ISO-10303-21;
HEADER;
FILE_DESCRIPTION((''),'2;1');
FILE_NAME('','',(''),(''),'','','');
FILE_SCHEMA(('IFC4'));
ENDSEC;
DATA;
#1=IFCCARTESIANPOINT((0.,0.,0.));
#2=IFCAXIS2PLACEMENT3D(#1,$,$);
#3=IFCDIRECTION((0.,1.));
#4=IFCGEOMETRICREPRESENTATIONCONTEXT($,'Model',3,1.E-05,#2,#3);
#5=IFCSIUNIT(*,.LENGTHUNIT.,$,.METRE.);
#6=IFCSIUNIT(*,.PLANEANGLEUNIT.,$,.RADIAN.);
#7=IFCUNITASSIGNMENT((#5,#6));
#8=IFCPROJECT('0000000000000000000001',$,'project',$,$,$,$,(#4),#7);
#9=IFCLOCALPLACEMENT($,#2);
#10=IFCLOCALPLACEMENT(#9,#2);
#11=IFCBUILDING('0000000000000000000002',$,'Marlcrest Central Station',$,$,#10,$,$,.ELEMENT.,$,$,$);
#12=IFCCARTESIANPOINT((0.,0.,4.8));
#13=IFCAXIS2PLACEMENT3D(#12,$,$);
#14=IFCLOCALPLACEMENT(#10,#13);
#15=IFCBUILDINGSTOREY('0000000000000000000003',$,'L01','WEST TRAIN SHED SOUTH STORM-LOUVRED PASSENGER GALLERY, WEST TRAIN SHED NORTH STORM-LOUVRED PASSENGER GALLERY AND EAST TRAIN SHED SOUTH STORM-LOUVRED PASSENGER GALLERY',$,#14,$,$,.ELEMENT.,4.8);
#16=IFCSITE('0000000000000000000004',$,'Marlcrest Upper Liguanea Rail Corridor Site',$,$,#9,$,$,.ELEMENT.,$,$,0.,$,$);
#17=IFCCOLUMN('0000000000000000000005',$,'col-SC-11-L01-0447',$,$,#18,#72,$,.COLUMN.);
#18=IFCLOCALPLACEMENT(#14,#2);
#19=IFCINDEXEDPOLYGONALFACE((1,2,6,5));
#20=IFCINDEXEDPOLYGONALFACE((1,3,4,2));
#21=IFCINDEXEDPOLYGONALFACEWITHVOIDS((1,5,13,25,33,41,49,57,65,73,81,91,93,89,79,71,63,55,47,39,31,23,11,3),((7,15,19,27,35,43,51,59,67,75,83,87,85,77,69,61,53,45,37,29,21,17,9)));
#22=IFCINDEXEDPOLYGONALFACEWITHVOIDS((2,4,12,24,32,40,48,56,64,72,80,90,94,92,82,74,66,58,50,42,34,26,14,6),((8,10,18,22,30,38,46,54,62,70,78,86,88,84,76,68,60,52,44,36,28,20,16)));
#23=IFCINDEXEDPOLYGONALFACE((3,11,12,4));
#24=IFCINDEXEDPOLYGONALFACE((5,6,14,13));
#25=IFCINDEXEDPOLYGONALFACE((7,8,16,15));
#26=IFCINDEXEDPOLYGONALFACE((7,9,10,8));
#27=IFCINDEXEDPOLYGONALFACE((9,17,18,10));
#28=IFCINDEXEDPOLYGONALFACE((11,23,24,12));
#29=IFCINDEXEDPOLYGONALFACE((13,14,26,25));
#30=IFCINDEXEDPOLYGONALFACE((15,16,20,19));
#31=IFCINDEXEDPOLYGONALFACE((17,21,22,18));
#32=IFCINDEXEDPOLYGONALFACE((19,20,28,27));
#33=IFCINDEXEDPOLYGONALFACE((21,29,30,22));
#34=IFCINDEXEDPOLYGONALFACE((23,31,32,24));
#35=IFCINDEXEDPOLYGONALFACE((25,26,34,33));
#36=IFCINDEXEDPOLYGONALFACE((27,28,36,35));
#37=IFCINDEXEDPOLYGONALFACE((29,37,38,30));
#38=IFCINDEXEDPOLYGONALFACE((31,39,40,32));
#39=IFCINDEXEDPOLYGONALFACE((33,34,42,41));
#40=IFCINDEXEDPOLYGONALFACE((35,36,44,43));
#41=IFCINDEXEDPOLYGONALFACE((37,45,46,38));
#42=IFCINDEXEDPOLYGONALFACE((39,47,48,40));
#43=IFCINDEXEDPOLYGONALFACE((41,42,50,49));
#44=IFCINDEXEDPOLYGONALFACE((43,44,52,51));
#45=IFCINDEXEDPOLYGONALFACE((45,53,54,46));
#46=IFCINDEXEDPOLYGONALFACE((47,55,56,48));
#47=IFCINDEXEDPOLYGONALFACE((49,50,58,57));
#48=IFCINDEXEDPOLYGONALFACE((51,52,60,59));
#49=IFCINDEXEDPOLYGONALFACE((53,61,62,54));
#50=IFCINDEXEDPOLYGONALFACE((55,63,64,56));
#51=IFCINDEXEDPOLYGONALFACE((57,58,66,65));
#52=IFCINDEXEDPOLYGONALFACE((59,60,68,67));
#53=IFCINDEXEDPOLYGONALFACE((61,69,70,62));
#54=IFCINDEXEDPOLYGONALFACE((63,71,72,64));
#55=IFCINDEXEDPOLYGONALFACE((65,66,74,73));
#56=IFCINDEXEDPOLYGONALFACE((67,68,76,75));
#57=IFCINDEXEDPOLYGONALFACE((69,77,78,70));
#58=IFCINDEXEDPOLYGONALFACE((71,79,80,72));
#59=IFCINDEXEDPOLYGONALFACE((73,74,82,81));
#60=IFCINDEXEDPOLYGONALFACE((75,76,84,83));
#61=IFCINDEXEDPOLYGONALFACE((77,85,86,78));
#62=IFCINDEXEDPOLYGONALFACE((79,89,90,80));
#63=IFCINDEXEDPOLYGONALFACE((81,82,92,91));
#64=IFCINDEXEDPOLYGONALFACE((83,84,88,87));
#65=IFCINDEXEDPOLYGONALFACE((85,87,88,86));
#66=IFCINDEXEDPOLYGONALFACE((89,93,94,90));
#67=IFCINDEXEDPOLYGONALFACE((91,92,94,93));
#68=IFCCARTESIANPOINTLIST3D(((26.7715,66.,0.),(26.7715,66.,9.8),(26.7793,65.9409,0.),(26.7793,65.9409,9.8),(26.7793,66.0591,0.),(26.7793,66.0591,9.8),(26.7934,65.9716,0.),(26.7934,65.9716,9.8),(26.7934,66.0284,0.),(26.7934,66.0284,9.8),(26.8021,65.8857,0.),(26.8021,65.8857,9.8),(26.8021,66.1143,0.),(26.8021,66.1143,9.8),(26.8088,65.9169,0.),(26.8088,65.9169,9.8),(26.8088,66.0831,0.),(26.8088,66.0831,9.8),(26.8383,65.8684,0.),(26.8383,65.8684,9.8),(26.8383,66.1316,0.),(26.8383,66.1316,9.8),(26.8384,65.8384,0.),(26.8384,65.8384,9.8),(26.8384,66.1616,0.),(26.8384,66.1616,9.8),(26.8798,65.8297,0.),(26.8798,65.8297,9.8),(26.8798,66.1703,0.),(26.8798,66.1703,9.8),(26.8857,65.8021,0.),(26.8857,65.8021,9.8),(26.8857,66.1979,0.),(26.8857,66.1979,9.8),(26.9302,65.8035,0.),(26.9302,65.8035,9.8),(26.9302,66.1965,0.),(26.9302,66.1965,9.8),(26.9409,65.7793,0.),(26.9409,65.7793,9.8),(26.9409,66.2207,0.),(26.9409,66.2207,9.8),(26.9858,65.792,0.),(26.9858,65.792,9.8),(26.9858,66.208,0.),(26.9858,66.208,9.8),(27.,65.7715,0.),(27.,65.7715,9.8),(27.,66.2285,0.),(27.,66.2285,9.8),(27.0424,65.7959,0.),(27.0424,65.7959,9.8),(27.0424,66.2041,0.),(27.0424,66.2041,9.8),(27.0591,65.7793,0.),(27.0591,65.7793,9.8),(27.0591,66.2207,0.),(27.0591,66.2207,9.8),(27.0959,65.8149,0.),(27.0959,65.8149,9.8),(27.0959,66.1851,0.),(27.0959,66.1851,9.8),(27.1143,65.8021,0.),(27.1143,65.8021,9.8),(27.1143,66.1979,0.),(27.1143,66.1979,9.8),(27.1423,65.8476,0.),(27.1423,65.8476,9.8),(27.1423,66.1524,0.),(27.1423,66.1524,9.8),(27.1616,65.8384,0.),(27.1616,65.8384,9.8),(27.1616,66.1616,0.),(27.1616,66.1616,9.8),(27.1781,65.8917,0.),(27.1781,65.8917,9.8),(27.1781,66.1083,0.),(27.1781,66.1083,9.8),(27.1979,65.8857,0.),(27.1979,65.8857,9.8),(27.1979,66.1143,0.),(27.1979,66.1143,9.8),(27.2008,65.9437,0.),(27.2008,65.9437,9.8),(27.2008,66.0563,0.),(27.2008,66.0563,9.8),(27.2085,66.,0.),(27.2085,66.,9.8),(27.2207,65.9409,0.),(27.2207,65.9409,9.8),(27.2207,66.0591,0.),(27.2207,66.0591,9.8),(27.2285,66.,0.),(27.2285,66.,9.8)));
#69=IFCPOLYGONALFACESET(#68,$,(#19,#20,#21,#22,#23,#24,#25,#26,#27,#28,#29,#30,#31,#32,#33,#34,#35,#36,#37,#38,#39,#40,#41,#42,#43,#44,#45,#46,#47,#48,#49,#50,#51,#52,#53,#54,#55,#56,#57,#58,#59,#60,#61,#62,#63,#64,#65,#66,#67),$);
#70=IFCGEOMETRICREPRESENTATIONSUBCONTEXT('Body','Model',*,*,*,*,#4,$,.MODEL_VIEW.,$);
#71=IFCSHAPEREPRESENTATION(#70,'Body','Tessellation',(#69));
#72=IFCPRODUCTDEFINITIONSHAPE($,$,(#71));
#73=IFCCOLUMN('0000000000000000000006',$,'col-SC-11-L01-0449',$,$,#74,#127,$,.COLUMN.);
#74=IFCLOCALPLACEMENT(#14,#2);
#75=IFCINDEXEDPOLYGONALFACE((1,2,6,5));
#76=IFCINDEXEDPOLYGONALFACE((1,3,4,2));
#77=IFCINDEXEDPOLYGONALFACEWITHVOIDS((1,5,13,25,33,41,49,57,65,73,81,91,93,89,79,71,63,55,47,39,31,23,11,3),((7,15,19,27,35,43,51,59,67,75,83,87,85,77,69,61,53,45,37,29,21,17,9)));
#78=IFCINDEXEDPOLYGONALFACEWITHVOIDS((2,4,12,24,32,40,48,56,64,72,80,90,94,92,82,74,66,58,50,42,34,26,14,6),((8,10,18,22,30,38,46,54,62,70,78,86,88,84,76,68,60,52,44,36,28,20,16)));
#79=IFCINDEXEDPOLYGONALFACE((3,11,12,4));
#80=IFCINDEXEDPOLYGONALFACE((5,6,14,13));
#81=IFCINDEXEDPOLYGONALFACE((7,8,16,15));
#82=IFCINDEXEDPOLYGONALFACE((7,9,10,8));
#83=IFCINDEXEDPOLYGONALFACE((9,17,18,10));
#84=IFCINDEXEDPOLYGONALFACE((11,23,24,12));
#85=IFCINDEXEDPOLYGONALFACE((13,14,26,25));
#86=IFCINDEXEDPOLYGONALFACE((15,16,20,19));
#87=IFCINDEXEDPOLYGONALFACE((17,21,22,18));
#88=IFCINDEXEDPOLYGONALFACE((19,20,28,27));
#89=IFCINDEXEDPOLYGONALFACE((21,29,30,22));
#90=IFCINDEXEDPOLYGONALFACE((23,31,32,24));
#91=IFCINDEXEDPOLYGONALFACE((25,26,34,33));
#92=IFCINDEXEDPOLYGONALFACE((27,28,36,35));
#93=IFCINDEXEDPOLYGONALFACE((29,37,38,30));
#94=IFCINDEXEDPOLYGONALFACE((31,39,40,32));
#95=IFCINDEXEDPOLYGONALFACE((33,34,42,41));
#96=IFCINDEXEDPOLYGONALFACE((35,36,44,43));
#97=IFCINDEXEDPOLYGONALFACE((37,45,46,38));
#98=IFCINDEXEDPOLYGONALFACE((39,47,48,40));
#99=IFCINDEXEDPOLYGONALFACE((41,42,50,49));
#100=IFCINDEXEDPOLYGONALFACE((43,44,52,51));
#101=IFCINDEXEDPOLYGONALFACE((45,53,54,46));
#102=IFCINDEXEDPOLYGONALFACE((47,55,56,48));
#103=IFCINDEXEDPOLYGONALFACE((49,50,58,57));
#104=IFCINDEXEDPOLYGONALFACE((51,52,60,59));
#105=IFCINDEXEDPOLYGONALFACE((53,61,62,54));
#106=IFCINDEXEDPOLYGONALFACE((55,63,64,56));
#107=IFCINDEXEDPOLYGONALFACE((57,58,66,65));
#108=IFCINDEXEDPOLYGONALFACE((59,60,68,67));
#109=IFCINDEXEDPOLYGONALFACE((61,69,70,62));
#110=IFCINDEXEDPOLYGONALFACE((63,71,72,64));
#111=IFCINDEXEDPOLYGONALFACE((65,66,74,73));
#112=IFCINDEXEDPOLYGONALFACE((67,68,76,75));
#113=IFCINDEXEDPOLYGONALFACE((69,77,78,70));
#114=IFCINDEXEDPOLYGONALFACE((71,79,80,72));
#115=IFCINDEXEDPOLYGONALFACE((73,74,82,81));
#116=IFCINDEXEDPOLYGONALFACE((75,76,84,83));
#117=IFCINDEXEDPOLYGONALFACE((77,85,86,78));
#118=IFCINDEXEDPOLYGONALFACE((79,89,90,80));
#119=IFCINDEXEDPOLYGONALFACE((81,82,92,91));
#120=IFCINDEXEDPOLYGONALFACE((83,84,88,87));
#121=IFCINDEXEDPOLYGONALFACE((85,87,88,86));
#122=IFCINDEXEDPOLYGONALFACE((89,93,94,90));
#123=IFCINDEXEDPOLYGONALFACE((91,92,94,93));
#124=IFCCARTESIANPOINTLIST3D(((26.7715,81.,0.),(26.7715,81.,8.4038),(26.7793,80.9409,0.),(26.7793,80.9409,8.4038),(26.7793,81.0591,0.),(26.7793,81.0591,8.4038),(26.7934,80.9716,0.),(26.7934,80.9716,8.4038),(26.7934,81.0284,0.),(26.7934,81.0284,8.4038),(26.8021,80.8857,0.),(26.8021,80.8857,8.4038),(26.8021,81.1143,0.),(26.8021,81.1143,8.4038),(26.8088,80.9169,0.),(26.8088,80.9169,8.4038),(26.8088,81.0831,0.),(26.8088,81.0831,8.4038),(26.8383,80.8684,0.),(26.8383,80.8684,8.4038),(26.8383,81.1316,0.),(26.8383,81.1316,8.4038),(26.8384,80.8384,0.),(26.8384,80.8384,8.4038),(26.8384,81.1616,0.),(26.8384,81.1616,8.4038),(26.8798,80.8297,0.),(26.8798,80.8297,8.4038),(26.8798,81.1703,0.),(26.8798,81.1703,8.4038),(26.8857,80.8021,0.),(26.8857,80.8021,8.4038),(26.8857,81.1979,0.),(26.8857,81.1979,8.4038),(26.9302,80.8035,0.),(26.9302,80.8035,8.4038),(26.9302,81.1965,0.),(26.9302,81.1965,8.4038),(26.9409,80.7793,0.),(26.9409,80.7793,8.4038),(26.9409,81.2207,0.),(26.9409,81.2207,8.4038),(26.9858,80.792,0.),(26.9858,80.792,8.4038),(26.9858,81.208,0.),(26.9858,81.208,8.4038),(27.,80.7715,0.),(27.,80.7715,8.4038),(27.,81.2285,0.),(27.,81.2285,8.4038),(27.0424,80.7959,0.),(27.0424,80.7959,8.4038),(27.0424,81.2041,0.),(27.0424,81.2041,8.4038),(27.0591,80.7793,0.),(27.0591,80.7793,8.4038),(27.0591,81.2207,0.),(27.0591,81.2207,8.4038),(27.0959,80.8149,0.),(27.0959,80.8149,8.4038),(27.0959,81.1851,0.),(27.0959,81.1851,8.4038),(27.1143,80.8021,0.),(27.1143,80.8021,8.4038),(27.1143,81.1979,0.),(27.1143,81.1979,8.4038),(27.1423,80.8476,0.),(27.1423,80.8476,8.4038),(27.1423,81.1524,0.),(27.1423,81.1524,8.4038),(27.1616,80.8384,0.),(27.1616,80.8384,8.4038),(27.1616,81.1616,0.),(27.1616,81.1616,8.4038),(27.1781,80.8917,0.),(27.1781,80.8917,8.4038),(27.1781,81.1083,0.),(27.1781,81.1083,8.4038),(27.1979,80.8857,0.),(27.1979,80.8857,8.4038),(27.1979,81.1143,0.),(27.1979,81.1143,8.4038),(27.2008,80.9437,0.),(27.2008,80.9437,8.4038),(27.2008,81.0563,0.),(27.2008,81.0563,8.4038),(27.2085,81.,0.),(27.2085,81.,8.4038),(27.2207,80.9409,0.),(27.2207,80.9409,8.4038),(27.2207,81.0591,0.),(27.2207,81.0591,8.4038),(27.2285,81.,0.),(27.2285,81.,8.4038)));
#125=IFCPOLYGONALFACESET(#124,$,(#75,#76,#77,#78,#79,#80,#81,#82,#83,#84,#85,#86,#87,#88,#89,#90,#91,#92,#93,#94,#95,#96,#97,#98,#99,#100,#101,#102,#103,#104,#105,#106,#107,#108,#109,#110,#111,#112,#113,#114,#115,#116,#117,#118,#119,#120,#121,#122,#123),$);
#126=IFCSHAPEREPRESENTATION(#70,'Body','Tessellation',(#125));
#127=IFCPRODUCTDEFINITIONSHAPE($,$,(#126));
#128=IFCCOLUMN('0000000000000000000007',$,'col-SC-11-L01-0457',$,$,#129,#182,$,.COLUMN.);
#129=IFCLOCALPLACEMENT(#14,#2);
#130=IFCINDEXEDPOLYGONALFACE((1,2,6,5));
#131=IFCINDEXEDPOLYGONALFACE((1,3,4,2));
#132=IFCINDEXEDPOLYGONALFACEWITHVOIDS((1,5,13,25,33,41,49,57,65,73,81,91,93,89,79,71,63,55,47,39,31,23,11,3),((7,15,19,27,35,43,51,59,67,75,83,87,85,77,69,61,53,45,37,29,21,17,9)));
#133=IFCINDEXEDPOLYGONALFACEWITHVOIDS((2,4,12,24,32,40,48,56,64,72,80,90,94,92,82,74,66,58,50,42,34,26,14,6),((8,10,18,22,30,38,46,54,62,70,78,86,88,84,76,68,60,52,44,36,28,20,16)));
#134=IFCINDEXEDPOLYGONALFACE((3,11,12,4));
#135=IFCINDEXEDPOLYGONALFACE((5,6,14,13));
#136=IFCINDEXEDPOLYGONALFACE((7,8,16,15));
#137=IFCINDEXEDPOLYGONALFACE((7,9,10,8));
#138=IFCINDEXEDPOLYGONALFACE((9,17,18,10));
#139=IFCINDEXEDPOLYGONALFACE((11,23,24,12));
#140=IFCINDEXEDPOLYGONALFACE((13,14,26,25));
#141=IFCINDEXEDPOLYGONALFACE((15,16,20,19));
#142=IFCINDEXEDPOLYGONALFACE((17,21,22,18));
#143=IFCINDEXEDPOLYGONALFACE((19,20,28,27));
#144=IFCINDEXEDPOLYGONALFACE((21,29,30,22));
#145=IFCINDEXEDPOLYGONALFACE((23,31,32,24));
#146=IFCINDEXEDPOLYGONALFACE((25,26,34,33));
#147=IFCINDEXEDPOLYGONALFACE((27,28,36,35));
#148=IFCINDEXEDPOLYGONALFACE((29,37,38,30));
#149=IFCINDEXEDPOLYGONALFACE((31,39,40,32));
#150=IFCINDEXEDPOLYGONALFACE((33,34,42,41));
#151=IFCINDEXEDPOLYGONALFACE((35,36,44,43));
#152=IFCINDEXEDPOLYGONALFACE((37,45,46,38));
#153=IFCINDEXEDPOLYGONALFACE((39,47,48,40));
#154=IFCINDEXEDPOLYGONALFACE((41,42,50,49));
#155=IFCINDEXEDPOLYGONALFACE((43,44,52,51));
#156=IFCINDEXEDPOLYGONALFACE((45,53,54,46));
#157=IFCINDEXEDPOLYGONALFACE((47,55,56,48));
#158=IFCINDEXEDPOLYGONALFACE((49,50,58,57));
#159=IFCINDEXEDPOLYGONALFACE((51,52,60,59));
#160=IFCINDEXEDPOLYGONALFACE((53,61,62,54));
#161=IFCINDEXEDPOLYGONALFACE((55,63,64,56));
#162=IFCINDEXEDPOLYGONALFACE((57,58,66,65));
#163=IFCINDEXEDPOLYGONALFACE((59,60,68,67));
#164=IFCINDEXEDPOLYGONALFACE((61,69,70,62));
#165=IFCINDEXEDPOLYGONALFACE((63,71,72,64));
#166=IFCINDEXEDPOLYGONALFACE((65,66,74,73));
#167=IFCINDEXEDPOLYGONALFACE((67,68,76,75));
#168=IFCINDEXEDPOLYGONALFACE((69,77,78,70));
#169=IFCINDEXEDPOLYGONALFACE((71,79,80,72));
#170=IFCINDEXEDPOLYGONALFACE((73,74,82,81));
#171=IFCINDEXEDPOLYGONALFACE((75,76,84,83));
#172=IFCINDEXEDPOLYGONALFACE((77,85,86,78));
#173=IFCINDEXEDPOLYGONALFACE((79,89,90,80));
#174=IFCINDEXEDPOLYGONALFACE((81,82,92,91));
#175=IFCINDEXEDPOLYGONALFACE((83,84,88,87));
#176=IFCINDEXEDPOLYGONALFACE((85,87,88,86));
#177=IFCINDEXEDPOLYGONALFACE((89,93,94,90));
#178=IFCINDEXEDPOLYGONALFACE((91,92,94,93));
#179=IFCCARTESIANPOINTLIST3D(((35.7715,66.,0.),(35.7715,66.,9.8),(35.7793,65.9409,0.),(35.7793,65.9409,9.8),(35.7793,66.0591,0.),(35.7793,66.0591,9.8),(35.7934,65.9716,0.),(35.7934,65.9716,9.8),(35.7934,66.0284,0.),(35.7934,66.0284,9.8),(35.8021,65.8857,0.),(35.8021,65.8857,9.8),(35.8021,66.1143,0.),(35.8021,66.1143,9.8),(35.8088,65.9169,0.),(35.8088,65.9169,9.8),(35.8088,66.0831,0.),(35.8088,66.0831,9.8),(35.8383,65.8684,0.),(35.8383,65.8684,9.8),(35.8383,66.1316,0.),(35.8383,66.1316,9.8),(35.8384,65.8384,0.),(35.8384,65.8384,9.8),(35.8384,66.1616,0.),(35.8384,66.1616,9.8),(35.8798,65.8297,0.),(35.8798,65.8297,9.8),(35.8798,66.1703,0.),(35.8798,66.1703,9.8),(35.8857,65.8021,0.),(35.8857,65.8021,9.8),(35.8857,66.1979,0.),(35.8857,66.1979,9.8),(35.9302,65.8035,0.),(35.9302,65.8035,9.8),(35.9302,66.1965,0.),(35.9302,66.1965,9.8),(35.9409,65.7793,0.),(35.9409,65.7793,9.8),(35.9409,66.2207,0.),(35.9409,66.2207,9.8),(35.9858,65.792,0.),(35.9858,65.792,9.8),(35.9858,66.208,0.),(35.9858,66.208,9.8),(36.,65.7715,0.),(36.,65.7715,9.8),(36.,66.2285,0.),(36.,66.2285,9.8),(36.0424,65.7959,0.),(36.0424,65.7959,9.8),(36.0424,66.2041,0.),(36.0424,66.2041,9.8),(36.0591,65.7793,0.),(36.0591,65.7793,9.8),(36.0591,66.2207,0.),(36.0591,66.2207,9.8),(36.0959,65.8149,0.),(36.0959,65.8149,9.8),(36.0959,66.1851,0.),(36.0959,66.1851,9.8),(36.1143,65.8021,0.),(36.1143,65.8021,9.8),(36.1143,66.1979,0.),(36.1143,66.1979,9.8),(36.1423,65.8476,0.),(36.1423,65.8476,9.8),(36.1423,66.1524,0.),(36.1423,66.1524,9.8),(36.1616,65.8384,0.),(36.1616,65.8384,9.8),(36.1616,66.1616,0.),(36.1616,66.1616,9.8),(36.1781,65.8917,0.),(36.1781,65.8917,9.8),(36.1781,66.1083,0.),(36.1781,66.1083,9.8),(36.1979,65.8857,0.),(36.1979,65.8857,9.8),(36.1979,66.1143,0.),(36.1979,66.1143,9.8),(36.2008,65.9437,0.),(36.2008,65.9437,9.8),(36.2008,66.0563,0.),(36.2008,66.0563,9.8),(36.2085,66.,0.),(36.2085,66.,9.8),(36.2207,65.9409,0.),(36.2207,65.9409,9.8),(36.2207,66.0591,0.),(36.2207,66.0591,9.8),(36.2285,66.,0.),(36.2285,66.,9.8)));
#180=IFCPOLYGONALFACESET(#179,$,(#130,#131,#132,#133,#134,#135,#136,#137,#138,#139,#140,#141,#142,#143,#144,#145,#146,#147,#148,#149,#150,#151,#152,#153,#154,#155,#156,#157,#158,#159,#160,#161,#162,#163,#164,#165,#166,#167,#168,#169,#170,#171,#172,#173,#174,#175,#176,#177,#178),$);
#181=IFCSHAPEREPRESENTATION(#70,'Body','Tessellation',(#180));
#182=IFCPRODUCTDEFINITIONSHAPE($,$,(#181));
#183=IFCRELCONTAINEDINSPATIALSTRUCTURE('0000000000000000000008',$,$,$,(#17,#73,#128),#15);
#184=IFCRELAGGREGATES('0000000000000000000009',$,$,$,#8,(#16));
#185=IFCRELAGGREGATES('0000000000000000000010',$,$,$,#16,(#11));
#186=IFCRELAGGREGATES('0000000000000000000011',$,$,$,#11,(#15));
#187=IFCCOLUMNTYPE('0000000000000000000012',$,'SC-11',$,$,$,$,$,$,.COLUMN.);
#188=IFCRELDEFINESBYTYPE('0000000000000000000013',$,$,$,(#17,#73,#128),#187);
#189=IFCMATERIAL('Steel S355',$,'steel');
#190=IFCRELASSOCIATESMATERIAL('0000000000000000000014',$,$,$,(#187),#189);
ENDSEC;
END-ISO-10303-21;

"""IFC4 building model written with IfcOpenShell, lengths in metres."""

from ifc_helpers import new_model, si_unit, direction, frame, origin, origin_2d, place, context, subcontext, project, spatial, hollow_circle, extrude, material, material_profile, profile_set, type_object, element, save


model = new_model("IFC4")

# Units and contexts
model_context = context("Model", 3, precision=1e-05, world=origin(), true_north=direction((0.0, 1.0)))
body_context = subcontext(model_context, "Body", "Model", "MODEL_VIEW")
ifc_project = project(units=[si_unit("LENGTHUNIT", "METRE"), si_unit("PLANEANGLEUNIT", "RADIAN")], contexts=[model_context])

# Site, building, storey
site_placement = place(None, origin())
site = spatial("IfcSite", under=ifc_project, at=site_placement, Name="Marlcrest Upper Liguanea Rail Corridor Site", CompositionType="ELEMENT", RefElevation=0.0)
building_placement = place(site_placement, origin())
building = spatial("IfcBuilding", under=site, at=building_placement, Name="Marlcrest Central Station", CompositionType="ELEMENT")
storey_placement = place(building_placement, frame((0.0, 0.0, 4.8)))
storey = spatial("IfcBuildingStorey", under=building, at=storey_placement, Name="L01", Description="WEST TRAIN SHED SOUTH STORM-LOUVRED PASSENGER GALLERY, WEST TRAIN SHED NORTH STORM-LOUVRED PASSENGER GALLERY AND EAST TRAIN SHED SOUTH STORM-LOUVRED PASSENGER GALLERY", CompositionType="ELEMENT", Elevation=4.8)

# Columns
ifc_material = material(Name="Steel S355", Category="steel")
ifc_material_profile = material_profile(ifc_material, hollow_circle(Radius=0.2285, WallThickness=0.02, at=origin_2d()), Name="CHS 457x20")
ifc_profile_set = profile_set([ifc_material_profile], Name="Steel S355")
column_type = type_object("IfcColumnType", Name="SC-11", PredefinedType="COLUMN", material=ifc_profile_set)
column_1_placement = place(storey_placement, frame((27.0, 66.0, 0.0), z_axis=(0.0, 0.0, 1.0), x_axis=(1.0, 0.0, 0.0)))
element("IfcColumn", 1, at=column_1_placement, inside=storey, type_object=column_type, Name="col-SC-11-L01-0447", PredefinedType="COLUMN", context=body_context, shape_type="SweptSolid", body=[
    extrude(hollow_circle(Radius=0.2285, WallThickness=0.02, at=origin_2d()), origin(), (0.0, 0.0, 1.0), 9.8),
])
column_2_placement = place(storey_placement, frame((27.0, 81.0, 0.0), z_axis=(0.0, 0.0, 1.0), x_axis=(1.0, 0.0, 0.0)))
element("IfcColumn", 2, at=column_2_placement, inside=storey, type_object=column_type, Name="col-SC-11-L01-0449", PredefinedType="COLUMN", context=body_context, shape_type="SweptSolid", body=[
    extrude(hollow_circle(Radius=0.2285, WallThickness=0.02, at=origin_2d()), origin(), (0.0, 0.0, 1.0), 8.4038),
])
column_3_placement = place(storey_placement, frame((36.0, 66.0, 0.0), z_axis=(0.0, 0.0, 1.0), x_axis=(1.0, 0.0, 0.0)))
element("IfcColumn", 3, at=column_3_placement, inside=storey, type_object=column_type, Name="col-SC-11-L01-0457", PredefinedType="COLUMN", context=body_context, shape_type="SweptSolid", body=[
    extrude(hollow_circle(Radius=0.2285, WallThickness=0.02, at=origin_2d()), origin(), (0.0, 0.0, 1.0), 9.8),
])

save(model, "model.ifc")
